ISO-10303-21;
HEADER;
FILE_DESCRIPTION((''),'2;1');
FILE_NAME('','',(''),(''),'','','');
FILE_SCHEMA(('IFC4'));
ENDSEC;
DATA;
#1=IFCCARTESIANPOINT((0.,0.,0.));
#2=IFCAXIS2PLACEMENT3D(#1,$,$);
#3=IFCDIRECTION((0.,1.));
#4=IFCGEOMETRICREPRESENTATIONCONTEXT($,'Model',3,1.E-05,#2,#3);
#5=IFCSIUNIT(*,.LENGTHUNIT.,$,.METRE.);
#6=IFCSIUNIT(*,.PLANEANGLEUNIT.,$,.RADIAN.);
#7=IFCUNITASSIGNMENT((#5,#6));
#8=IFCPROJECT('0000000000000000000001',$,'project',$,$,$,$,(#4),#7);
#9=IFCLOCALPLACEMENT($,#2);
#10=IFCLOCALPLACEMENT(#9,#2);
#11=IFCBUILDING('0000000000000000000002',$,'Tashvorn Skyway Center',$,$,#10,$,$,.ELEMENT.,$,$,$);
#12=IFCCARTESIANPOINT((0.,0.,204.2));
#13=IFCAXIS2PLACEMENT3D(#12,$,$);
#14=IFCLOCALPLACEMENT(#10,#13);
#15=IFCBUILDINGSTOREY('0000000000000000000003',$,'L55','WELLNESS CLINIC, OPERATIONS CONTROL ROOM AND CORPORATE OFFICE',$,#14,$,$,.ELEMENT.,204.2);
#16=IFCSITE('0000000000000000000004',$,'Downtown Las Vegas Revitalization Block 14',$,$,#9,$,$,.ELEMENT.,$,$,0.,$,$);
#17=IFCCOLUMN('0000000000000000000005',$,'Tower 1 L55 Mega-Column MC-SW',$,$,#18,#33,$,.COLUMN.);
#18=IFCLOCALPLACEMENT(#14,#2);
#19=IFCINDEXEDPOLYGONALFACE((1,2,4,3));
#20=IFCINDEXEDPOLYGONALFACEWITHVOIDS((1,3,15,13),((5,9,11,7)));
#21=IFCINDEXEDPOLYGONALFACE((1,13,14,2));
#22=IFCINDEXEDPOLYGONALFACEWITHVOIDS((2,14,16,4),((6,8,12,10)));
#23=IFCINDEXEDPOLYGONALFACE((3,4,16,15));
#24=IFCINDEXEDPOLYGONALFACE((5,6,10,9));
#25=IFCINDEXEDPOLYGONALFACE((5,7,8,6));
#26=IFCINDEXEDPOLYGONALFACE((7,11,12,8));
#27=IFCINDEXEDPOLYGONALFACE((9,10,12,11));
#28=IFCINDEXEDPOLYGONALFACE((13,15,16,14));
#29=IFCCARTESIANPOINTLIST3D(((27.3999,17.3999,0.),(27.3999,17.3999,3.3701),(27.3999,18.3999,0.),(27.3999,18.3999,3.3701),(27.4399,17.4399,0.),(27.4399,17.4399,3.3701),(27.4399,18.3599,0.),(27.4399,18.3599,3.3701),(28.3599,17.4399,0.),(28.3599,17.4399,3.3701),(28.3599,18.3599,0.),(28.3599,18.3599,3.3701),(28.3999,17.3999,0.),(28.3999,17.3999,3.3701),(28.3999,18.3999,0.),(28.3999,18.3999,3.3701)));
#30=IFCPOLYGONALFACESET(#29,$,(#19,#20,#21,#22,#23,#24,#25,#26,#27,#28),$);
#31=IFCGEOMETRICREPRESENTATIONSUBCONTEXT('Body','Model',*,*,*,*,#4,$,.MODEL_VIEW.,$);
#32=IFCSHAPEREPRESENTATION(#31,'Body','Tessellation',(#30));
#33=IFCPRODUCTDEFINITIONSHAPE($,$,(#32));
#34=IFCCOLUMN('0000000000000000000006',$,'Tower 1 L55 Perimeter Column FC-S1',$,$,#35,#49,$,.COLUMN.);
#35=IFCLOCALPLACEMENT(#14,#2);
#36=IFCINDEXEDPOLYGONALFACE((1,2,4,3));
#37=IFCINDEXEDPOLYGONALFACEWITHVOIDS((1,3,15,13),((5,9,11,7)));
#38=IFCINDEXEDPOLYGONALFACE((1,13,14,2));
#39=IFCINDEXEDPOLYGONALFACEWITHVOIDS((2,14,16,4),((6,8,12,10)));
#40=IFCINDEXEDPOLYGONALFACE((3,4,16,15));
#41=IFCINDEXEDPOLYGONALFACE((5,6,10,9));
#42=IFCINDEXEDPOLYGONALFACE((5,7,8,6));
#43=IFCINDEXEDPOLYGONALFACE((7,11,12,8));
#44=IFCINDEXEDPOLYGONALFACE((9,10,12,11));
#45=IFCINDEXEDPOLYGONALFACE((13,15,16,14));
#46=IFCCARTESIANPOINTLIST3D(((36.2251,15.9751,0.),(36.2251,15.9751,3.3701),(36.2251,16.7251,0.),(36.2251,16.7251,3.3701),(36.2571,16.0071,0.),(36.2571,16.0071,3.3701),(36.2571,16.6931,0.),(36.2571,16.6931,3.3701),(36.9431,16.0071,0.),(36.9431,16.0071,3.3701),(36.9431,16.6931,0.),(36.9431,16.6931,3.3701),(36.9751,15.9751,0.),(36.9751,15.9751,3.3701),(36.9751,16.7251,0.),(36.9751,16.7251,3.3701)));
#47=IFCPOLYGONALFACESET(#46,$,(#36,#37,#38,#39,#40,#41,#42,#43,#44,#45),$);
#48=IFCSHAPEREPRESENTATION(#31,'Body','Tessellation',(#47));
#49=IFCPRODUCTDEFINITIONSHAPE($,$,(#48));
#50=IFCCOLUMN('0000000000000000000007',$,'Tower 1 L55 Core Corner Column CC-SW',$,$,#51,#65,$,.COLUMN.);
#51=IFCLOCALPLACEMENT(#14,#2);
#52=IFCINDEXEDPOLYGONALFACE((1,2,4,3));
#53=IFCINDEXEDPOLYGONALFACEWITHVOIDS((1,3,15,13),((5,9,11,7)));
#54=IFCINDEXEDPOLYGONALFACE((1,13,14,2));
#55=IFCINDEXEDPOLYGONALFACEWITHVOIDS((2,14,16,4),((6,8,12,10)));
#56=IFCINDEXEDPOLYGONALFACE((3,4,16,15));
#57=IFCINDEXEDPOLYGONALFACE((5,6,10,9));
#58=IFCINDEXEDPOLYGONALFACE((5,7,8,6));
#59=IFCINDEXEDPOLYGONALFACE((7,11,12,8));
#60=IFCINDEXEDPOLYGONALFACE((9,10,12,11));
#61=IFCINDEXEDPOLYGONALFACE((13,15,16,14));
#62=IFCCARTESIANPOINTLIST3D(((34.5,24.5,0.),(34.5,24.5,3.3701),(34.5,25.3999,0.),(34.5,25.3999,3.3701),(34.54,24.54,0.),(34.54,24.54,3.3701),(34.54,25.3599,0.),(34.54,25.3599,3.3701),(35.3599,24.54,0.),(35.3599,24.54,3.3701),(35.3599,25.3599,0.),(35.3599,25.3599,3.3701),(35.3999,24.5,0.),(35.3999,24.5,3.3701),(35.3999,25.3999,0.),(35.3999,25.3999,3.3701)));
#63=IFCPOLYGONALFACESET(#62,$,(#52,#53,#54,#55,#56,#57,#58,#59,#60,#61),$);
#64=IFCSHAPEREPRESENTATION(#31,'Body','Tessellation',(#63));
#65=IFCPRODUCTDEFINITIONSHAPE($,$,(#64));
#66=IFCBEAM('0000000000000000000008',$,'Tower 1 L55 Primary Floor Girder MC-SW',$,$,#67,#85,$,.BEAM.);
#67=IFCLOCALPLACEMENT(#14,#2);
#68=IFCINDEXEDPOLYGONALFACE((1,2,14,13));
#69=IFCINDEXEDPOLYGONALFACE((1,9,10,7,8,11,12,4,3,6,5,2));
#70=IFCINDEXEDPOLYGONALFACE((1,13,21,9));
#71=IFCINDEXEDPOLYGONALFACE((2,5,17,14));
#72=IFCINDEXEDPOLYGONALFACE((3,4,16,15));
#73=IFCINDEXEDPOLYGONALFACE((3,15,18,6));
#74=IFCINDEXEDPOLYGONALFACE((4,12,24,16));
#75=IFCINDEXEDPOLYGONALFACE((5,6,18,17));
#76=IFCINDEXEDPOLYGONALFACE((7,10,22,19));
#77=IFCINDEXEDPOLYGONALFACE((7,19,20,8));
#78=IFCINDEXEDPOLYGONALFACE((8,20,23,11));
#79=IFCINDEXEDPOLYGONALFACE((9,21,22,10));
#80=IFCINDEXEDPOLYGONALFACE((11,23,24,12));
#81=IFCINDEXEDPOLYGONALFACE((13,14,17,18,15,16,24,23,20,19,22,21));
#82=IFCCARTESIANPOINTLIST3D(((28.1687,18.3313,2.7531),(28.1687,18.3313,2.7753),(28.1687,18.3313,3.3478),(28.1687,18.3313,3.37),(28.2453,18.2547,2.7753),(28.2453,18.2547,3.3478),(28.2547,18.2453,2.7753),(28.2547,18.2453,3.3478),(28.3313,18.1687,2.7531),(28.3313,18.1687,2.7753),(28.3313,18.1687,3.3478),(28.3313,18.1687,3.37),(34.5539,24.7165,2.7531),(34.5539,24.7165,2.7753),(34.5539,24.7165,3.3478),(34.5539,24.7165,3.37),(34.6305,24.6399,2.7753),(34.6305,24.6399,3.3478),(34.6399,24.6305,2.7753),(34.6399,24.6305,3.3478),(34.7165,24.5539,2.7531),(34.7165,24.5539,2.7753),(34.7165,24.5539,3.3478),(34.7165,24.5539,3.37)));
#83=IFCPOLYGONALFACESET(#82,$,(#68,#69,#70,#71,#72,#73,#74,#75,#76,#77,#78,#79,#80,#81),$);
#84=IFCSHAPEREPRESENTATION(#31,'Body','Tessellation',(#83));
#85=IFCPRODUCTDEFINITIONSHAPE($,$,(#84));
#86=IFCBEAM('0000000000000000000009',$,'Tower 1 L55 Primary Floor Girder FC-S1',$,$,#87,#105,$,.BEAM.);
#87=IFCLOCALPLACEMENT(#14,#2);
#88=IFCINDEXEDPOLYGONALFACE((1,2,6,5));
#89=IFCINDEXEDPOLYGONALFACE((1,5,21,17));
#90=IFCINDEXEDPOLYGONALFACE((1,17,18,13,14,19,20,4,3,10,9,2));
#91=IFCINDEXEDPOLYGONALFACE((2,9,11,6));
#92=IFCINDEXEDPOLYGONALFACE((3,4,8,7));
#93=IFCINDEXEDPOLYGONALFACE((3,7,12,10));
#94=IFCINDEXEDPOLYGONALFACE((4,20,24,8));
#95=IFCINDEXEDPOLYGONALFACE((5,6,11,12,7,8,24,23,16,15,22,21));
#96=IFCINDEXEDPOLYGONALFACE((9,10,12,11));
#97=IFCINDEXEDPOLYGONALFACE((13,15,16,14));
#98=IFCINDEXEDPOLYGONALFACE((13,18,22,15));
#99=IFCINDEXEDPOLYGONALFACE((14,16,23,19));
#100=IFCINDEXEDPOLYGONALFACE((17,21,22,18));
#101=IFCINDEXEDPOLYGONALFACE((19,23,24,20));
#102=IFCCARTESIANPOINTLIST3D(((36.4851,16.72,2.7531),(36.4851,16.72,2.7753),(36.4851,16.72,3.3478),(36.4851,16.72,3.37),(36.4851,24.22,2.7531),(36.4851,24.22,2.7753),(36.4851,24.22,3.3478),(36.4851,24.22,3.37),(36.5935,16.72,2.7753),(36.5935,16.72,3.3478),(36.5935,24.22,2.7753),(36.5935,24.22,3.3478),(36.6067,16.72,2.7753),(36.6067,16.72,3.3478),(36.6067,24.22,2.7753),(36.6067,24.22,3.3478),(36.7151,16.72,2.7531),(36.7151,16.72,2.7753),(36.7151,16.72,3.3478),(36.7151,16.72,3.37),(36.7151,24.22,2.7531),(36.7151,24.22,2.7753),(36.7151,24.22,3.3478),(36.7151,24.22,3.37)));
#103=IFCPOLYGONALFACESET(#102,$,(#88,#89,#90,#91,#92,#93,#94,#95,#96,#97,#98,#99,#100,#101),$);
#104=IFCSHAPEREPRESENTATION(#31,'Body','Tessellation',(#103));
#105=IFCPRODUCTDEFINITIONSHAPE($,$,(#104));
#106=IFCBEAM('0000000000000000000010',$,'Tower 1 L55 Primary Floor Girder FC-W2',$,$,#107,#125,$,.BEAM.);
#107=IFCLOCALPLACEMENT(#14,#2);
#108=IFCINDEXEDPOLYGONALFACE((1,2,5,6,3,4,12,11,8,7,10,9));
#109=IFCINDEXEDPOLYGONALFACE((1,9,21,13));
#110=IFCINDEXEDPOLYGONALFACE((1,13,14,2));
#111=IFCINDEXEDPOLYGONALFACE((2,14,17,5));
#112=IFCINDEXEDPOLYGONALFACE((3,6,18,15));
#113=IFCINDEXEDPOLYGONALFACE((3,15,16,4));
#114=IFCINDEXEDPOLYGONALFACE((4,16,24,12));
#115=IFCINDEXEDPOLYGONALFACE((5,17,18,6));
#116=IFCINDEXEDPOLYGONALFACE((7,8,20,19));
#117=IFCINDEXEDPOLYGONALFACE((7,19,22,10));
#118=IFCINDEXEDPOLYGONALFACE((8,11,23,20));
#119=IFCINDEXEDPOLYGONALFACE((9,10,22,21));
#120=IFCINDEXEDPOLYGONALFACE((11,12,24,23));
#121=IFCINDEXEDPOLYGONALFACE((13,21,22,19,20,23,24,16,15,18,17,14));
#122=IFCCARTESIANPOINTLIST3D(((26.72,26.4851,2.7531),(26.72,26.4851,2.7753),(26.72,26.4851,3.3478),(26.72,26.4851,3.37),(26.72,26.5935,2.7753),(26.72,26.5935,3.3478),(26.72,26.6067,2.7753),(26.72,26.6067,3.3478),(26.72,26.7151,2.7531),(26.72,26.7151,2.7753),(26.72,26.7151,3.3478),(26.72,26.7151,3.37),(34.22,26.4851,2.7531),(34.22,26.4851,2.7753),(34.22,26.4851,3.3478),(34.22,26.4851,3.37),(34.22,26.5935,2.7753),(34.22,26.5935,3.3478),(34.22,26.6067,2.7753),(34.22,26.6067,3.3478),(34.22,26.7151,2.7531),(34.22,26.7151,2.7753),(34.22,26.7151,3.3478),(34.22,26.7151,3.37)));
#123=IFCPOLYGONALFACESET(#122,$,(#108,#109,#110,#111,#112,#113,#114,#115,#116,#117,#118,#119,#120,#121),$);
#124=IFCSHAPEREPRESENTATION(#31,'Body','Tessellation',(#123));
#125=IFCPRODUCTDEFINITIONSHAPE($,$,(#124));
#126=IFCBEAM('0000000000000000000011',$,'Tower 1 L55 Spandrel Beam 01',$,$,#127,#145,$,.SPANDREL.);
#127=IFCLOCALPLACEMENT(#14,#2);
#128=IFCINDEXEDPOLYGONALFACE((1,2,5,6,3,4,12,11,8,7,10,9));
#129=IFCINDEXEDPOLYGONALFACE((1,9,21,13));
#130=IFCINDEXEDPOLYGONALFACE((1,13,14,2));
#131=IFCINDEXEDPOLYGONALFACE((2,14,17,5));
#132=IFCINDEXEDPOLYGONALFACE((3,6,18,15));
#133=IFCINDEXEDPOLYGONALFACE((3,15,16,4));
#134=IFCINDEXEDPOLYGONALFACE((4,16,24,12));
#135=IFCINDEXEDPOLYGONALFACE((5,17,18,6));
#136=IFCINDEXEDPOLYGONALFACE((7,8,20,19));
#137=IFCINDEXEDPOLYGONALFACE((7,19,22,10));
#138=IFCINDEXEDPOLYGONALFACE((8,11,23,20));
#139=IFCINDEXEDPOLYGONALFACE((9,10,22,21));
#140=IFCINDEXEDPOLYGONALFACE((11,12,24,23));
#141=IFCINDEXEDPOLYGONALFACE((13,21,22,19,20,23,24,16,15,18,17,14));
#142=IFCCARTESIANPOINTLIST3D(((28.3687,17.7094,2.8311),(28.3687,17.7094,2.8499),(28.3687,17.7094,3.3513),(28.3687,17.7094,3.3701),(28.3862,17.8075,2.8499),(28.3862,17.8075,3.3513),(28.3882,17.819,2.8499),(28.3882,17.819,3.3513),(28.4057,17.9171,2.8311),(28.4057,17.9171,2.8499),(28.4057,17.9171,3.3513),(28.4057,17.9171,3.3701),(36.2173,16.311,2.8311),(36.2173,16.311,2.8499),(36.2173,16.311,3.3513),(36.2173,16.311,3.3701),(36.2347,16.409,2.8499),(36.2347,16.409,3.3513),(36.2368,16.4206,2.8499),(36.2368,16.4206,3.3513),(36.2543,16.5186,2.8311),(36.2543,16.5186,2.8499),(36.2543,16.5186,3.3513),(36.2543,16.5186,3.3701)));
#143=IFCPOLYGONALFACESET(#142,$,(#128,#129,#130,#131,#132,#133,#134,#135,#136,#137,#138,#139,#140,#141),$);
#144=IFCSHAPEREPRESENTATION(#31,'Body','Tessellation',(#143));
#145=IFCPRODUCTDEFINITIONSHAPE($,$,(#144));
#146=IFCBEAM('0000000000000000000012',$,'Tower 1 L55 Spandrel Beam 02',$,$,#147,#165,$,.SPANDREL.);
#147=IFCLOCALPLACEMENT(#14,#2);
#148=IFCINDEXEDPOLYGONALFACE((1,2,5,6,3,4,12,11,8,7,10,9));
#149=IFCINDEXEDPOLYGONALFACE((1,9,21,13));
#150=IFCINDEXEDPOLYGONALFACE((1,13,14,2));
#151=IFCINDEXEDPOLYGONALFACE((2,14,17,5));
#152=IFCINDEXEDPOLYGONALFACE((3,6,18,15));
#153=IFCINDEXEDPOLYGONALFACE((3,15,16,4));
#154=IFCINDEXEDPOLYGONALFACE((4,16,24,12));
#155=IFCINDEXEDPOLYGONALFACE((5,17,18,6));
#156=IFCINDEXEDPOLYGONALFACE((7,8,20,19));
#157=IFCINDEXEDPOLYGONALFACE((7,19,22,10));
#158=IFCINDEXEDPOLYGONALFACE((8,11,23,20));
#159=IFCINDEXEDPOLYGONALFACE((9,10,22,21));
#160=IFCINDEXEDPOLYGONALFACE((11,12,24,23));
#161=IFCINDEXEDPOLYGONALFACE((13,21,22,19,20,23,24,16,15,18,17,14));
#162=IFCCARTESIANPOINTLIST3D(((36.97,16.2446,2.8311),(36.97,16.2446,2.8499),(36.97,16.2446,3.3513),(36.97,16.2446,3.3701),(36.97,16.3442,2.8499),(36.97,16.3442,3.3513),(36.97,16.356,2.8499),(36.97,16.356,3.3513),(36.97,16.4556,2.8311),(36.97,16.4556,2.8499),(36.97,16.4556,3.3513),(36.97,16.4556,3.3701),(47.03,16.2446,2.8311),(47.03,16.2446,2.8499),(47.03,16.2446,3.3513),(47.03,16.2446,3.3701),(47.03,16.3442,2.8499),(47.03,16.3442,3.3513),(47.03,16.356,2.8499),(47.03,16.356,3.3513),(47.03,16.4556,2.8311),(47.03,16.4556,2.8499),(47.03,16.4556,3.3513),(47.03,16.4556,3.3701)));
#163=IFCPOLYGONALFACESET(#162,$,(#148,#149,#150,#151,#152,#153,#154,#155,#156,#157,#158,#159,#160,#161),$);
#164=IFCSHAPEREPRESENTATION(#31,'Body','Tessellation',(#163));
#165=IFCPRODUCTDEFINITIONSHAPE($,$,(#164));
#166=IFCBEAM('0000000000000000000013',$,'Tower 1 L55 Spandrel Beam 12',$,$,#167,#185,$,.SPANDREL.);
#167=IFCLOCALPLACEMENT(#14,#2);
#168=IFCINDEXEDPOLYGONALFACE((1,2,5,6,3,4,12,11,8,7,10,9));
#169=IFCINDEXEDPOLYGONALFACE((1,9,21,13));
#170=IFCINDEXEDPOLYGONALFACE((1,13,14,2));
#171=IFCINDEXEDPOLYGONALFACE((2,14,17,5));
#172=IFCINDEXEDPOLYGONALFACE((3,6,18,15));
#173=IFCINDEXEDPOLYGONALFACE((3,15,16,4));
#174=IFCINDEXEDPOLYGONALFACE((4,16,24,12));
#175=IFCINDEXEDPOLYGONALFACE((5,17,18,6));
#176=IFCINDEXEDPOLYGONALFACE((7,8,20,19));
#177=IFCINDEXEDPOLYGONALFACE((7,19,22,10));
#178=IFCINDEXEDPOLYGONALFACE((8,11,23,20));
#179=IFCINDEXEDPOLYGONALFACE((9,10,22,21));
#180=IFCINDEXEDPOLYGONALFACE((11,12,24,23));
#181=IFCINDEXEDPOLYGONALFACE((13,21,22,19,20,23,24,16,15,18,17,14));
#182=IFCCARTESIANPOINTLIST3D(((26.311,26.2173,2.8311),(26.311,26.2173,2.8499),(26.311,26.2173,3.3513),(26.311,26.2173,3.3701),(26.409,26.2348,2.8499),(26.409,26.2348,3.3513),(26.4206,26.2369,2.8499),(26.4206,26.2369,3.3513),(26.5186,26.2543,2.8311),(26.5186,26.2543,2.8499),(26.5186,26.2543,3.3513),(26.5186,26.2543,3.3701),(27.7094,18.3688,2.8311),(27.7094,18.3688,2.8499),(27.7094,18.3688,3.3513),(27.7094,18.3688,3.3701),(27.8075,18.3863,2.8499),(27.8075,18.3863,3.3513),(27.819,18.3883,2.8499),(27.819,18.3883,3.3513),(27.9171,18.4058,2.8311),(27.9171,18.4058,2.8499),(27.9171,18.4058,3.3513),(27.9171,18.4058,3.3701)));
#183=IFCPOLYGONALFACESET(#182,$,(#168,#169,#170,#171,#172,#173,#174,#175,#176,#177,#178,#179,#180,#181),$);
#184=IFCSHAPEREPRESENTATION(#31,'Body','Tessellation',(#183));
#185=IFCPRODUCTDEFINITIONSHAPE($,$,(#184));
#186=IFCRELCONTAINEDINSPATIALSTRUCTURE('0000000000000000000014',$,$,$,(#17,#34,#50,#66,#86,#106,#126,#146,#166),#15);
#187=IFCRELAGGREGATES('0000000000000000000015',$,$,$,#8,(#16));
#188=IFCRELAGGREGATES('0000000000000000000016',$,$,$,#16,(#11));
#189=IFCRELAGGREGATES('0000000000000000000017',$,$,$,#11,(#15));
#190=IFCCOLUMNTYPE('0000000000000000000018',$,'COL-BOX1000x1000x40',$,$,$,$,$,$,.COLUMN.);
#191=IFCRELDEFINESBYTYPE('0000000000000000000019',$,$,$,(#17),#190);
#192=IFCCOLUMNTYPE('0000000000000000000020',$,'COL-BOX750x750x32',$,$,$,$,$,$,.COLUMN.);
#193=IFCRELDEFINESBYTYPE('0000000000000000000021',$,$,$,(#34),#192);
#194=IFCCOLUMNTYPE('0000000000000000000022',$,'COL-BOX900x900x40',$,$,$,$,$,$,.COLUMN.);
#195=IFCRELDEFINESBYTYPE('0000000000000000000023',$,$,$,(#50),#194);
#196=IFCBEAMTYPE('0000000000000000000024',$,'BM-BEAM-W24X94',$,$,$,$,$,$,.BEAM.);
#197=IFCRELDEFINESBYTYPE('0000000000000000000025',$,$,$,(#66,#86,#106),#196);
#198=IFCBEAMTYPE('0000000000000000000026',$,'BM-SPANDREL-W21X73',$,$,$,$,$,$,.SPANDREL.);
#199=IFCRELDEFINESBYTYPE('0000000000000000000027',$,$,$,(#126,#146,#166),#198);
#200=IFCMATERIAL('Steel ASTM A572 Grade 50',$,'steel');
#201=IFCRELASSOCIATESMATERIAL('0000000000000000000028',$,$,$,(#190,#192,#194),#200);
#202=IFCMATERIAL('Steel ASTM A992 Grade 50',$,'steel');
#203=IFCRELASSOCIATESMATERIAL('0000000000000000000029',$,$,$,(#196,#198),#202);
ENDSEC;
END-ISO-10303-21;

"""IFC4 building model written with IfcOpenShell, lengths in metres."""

from ifc_helpers import new_model, si_unit, direction, frame, origin, origin_2d, place, context, subcontext, project, spatial, hollow_rectangle, i_section, extrude, material, material_profile, profile_set, type_object, element, save


model = new_model("IFC4")

# Units and contexts
model_context = context("Model", 3, precision=1e-05, world=origin(), true_north=direction((0.0, 1.0)))
body_context = subcontext(model_context, "Body", "Model", "MODEL_VIEW")
ifc_project = project(units=[si_unit("LENGTHUNIT", "METRE"), si_unit("PLANEANGLEUNIT", "RADIAN")], contexts=[model_context])

# Site, building, storey
site_placement = place(None, origin())
site = spatial("IfcSite", under=ifc_project, at=site_placement, Name="Downtown Las Vegas Revitalization Block 14", CompositionType="ELEMENT", RefElevation=0.0)
building_placement = place(site_placement, origin())
building = spatial("IfcBuilding", under=site, at=building_placement, Name="Tashvorn Skyway Center", CompositionType="ELEMENT")
storey_placement = place(building_placement, frame((0.0, 0.0, 204.2)))
storey = spatial("IfcBuildingStorey", under=building, at=storey_placement, Name="L55", Description="WELLNESS CLINIC, OPERATIONS CONTROL ROOM AND CORPORATE OFFICE", CompositionType="ELEMENT", Elevation=204.2)

# Columns
ifc_material_1 = material(Name="Steel ASTM A572 Grade 50", Category="steel")
ifc_material_profile_1 = material_profile(ifc_material_1, hollow_rectangle(XDim=1.0, YDim=1.0, WallThickness=0.04, at=origin_2d()), Name="BOX1000x1000x40")
ifc_profile_set_1 = profile_set([ifc_material_profile_1], Name="Steel ASTM A572 Grade 50")
column_type_1 = type_object("IfcColumnType", Name="COL-BOX1000x1000x40", PredefinedType="COLUMN", material=ifc_profile_set_1)
column_1_placement = place(storey_placement, frame((27.8999, 17.8999, 0.0), z_axis=(0.0, 0.0, 1.0), x_axis=(1.0, 0.0, 0.0)))
element("IfcColumn", 1, at=column_1_placement, inside=storey, type_object=column_type_1, Name="Tower 1 L55 Mega-Column MC-SW", PredefinedType="COLUMN", context=body_context, shape_type="SweptSolid", body=[
    extrude(hollow_rectangle(XDim=1.0, YDim=1.0, WallThickness=0.04, at=origin_2d()), origin(), (0.0, 0.0, 1.0), 3.3701),
])
ifc_material_profile_2 = material_profile(ifc_material_1, hollow_rectangle(XDim=0.75, YDim=0.75, WallThickness=0.032, at=origin_2d()), Name="BOX750x750x32")
ifc_profile_set_2 = profile_set([ifc_material_profile_2], Name="Steel ASTM A572 Grade 50")
column_type_2 = type_object("IfcColumnType", Name="COL-BOX750x750x32", PredefinedType="COLUMN", material=ifc_profile_set_2)
column_2_placement = place(storey_placement, frame((36.6001, 16.3501, 0.0), z_axis=(0.0, 0.0, 1.0), x_axis=(1.0, 0.0, 0.0)))
element("IfcColumn", 2, at=column_2_placement, inside=storey, type_object=column_type_2, Name="Tower 1 L55 Perimeter Column FC-S1", PredefinedType="COLUMN", context=body_context, shape_type="SweptSolid", body=[
    extrude(hollow_rectangle(XDim=0.75, YDim=0.75, WallThickness=0.032, at=origin_2d()), origin(), (0.0, 0.0, 1.0), 3.3701),
])
ifc_material_profile_3 = material_profile(ifc_material_1, hollow_rectangle(XDim=0.8999, YDim=0.8999, WallThickness=0.04, at=origin_2d()), Name="BOX900x900x40")
ifc_profile_set_3 = profile_set([ifc_material_profile_3], Name="Steel ASTM A572 Grade 50")
column_type_3 = type_object("IfcColumnType", Name="COL-BOX900x900x40", PredefinedType="COLUMN", material=ifc_profile_set_3)
column_3_placement = place(storey_placement, frame((34.95, 24.95, 0.0), z_axis=(0.0, 0.0, 1.0), x_axis=(1.0, 0.0, 0.0)))
element("IfcColumn", 3, at=column_3_placement, inside=storey, type_object=column_type_3, Name="Tower 1 L55 Core Corner Column CC-SW", PredefinedType="COLUMN", context=body_context, shape_type="SweptSolid", body=[
    extrude(hollow_rectangle(XDim=0.8999, YDim=0.8999, WallThickness=0.04, at=origin_2d()), origin(), (0.0, 0.0, 1.0), 3.3701),
])

# Beams
ifc_material_2 = material(Name="Steel ASTM A992 Grade 50", Category="steel")
ifc_material_profile_4 = material_profile(ifc_material_2, i_section(OverallWidth=0.23, OverallDepth=0.6169, WebThickness=0.0132, FlangeThickness=0.0222, at=origin_2d()), Name="W24X94")
ifc_profile_set_4 = profile_set([ifc_material_profile_4], Name="Steel ASTM A992 Grade 50")
beam_type_1 = type_object("IfcBeamType", Name="BM-BEAM-W24X94", PredefinedType="BEAM", material=ifc_profile_set_4)
beam_1_placement = place(storey_placement, frame((28.25, 18.25, 3.0615), z_axis=(0.707107, 0.707107, 0.0), x_axis=(-0.707107, 0.707107, 0.0)))
element("IfcBeam", 4, at=beam_1_placement, inside=storey, type_object=beam_type_1, Name="Tower 1 L55 Primary Floor Girder MC-SW", PredefinedType="BEAM", context=body_context, shape_type="SweptSolid", body=[
    extrude(i_section(OverallWidth=0.23, OverallDepth=0.6169, WebThickness=0.0132, FlangeThickness=0.0222, at=origin_2d()), origin(), (0.0, 0.0, 1.0), 9.03),
])
for number, where, z_axis, x_axis, name in (
    (5, (36.6001, 16.72, 3.0615), (0.0, 1.0, 0.0), (-1.0, 0.0, 0.0), "Tower 1 L55 Primary Floor Girder FC-S1"),
    (6, (26.72, 26.6001, 3.0615), (1.0, 0.0, 0.0), (0.0, 1.0, 0.0), "Tower 1 L55 Primary Floor Girder FC-W2"),
):
    element("IfcBeam", number, at=place(storey_placement, frame(where, z_axis=z_axis, x_axis=x_axis)), inside=storey, type_object=beam_type_1, Name=name, PredefinedType="BEAM", context=body_context, shape_type="SweptSolid", body=[
        extrude(i_section(OverallWidth=0.23, OverallDepth=0.6169, WebThickness=0.0132, FlangeThickness=0.0222, at=origin_2d()), origin(), (0.0, 0.0, 1.0), 7.5),
    ])
ifc_material_profile_5 = material_profile(ifc_material_2, i_section(OverallWidth=0.2109, OverallDepth=0.5391, WebThickness=0.0117, FlangeThickness=0.0188, at=origin_2d()), Name="W21X73")
ifc_profile_set_5 = profile_set([ifc_material_profile_5], Name="Steel ASTM A992 Grade 50")
beam_type_2 = type_object("IfcBeamType", Name="BM-SPANDREL-W21X73", PredefinedType="SPANDREL", material=ifc_profile_set_5)
beam_2_placement = place(storey_placement, frame((28.3872, 17.8132, 3.1006), z_axis=(0.984495, -0.175413, 0.0), x_axis=(0.175413, 0.984495, 0.0)))
element("IfcBeam", 7, at=beam_2_placement, inside=storey, type_object=beam_type_2, Name="Tower 1 L55 Spandrel Beam 01", PredefinedType="SPANDREL", context=body_context, shape_type="SweptSolid", body=[
    extrude(i_section(OverallWidth=0.2109, OverallDepth=0.5391, WebThickness=0.0117, FlangeThickness=0.0188, at=origin_2d()), origin(), (0.0, 0.0, 1.0), 7.9722),
])
beam_3_placement = place(storey_placement, frame((36.97, 16.3501, 3.1006), z_axis=(1.0, 0.0, 0.0), x_axis=(0.0, 1.0, 0.0)))
element("IfcBeam", 8, at=beam_3_placement, inside=storey, type_object=beam_type_2, Name="Tower 1 L55 Spandrel Beam 02", PredefinedType="SPANDREL", context=body_context, shape_type="SweptSolid", body=[
    extrude(i_section(OverallWidth=0.2109, OverallDepth=0.5391, WebThickness=0.0117, FlangeThickness=0.0188, at=origin_2d()), origin(), (0.0, 0.0, 1.0), 10.0601),
])
beam_4_placement = place(storey_placement, frame((26.4148, 26.2358, 3.1006), z_axis=(0.175413, -0.984495, 0.0), x_axis=(0.984495, 0.175413, 0.0)))
element("IfcBeam", 9, at=beam_4_placement, inside=storey, type_object=beam_type_2, Name="Tower 1 L55 Spandrel Beam 12", PredefinedType="SPANDREL", context=body_context, shape_type="SweptSolid", body=[
    extrude(i_section(OverallWidth=0.2109, OverallDepth=0.5391, WebThickness=0.0117, FlangeThickness=0.0188, at=origin_2d()), origin(), (0.0, 0.0, 1.0), 7.9722),
])

save(model, "model.ifc")
